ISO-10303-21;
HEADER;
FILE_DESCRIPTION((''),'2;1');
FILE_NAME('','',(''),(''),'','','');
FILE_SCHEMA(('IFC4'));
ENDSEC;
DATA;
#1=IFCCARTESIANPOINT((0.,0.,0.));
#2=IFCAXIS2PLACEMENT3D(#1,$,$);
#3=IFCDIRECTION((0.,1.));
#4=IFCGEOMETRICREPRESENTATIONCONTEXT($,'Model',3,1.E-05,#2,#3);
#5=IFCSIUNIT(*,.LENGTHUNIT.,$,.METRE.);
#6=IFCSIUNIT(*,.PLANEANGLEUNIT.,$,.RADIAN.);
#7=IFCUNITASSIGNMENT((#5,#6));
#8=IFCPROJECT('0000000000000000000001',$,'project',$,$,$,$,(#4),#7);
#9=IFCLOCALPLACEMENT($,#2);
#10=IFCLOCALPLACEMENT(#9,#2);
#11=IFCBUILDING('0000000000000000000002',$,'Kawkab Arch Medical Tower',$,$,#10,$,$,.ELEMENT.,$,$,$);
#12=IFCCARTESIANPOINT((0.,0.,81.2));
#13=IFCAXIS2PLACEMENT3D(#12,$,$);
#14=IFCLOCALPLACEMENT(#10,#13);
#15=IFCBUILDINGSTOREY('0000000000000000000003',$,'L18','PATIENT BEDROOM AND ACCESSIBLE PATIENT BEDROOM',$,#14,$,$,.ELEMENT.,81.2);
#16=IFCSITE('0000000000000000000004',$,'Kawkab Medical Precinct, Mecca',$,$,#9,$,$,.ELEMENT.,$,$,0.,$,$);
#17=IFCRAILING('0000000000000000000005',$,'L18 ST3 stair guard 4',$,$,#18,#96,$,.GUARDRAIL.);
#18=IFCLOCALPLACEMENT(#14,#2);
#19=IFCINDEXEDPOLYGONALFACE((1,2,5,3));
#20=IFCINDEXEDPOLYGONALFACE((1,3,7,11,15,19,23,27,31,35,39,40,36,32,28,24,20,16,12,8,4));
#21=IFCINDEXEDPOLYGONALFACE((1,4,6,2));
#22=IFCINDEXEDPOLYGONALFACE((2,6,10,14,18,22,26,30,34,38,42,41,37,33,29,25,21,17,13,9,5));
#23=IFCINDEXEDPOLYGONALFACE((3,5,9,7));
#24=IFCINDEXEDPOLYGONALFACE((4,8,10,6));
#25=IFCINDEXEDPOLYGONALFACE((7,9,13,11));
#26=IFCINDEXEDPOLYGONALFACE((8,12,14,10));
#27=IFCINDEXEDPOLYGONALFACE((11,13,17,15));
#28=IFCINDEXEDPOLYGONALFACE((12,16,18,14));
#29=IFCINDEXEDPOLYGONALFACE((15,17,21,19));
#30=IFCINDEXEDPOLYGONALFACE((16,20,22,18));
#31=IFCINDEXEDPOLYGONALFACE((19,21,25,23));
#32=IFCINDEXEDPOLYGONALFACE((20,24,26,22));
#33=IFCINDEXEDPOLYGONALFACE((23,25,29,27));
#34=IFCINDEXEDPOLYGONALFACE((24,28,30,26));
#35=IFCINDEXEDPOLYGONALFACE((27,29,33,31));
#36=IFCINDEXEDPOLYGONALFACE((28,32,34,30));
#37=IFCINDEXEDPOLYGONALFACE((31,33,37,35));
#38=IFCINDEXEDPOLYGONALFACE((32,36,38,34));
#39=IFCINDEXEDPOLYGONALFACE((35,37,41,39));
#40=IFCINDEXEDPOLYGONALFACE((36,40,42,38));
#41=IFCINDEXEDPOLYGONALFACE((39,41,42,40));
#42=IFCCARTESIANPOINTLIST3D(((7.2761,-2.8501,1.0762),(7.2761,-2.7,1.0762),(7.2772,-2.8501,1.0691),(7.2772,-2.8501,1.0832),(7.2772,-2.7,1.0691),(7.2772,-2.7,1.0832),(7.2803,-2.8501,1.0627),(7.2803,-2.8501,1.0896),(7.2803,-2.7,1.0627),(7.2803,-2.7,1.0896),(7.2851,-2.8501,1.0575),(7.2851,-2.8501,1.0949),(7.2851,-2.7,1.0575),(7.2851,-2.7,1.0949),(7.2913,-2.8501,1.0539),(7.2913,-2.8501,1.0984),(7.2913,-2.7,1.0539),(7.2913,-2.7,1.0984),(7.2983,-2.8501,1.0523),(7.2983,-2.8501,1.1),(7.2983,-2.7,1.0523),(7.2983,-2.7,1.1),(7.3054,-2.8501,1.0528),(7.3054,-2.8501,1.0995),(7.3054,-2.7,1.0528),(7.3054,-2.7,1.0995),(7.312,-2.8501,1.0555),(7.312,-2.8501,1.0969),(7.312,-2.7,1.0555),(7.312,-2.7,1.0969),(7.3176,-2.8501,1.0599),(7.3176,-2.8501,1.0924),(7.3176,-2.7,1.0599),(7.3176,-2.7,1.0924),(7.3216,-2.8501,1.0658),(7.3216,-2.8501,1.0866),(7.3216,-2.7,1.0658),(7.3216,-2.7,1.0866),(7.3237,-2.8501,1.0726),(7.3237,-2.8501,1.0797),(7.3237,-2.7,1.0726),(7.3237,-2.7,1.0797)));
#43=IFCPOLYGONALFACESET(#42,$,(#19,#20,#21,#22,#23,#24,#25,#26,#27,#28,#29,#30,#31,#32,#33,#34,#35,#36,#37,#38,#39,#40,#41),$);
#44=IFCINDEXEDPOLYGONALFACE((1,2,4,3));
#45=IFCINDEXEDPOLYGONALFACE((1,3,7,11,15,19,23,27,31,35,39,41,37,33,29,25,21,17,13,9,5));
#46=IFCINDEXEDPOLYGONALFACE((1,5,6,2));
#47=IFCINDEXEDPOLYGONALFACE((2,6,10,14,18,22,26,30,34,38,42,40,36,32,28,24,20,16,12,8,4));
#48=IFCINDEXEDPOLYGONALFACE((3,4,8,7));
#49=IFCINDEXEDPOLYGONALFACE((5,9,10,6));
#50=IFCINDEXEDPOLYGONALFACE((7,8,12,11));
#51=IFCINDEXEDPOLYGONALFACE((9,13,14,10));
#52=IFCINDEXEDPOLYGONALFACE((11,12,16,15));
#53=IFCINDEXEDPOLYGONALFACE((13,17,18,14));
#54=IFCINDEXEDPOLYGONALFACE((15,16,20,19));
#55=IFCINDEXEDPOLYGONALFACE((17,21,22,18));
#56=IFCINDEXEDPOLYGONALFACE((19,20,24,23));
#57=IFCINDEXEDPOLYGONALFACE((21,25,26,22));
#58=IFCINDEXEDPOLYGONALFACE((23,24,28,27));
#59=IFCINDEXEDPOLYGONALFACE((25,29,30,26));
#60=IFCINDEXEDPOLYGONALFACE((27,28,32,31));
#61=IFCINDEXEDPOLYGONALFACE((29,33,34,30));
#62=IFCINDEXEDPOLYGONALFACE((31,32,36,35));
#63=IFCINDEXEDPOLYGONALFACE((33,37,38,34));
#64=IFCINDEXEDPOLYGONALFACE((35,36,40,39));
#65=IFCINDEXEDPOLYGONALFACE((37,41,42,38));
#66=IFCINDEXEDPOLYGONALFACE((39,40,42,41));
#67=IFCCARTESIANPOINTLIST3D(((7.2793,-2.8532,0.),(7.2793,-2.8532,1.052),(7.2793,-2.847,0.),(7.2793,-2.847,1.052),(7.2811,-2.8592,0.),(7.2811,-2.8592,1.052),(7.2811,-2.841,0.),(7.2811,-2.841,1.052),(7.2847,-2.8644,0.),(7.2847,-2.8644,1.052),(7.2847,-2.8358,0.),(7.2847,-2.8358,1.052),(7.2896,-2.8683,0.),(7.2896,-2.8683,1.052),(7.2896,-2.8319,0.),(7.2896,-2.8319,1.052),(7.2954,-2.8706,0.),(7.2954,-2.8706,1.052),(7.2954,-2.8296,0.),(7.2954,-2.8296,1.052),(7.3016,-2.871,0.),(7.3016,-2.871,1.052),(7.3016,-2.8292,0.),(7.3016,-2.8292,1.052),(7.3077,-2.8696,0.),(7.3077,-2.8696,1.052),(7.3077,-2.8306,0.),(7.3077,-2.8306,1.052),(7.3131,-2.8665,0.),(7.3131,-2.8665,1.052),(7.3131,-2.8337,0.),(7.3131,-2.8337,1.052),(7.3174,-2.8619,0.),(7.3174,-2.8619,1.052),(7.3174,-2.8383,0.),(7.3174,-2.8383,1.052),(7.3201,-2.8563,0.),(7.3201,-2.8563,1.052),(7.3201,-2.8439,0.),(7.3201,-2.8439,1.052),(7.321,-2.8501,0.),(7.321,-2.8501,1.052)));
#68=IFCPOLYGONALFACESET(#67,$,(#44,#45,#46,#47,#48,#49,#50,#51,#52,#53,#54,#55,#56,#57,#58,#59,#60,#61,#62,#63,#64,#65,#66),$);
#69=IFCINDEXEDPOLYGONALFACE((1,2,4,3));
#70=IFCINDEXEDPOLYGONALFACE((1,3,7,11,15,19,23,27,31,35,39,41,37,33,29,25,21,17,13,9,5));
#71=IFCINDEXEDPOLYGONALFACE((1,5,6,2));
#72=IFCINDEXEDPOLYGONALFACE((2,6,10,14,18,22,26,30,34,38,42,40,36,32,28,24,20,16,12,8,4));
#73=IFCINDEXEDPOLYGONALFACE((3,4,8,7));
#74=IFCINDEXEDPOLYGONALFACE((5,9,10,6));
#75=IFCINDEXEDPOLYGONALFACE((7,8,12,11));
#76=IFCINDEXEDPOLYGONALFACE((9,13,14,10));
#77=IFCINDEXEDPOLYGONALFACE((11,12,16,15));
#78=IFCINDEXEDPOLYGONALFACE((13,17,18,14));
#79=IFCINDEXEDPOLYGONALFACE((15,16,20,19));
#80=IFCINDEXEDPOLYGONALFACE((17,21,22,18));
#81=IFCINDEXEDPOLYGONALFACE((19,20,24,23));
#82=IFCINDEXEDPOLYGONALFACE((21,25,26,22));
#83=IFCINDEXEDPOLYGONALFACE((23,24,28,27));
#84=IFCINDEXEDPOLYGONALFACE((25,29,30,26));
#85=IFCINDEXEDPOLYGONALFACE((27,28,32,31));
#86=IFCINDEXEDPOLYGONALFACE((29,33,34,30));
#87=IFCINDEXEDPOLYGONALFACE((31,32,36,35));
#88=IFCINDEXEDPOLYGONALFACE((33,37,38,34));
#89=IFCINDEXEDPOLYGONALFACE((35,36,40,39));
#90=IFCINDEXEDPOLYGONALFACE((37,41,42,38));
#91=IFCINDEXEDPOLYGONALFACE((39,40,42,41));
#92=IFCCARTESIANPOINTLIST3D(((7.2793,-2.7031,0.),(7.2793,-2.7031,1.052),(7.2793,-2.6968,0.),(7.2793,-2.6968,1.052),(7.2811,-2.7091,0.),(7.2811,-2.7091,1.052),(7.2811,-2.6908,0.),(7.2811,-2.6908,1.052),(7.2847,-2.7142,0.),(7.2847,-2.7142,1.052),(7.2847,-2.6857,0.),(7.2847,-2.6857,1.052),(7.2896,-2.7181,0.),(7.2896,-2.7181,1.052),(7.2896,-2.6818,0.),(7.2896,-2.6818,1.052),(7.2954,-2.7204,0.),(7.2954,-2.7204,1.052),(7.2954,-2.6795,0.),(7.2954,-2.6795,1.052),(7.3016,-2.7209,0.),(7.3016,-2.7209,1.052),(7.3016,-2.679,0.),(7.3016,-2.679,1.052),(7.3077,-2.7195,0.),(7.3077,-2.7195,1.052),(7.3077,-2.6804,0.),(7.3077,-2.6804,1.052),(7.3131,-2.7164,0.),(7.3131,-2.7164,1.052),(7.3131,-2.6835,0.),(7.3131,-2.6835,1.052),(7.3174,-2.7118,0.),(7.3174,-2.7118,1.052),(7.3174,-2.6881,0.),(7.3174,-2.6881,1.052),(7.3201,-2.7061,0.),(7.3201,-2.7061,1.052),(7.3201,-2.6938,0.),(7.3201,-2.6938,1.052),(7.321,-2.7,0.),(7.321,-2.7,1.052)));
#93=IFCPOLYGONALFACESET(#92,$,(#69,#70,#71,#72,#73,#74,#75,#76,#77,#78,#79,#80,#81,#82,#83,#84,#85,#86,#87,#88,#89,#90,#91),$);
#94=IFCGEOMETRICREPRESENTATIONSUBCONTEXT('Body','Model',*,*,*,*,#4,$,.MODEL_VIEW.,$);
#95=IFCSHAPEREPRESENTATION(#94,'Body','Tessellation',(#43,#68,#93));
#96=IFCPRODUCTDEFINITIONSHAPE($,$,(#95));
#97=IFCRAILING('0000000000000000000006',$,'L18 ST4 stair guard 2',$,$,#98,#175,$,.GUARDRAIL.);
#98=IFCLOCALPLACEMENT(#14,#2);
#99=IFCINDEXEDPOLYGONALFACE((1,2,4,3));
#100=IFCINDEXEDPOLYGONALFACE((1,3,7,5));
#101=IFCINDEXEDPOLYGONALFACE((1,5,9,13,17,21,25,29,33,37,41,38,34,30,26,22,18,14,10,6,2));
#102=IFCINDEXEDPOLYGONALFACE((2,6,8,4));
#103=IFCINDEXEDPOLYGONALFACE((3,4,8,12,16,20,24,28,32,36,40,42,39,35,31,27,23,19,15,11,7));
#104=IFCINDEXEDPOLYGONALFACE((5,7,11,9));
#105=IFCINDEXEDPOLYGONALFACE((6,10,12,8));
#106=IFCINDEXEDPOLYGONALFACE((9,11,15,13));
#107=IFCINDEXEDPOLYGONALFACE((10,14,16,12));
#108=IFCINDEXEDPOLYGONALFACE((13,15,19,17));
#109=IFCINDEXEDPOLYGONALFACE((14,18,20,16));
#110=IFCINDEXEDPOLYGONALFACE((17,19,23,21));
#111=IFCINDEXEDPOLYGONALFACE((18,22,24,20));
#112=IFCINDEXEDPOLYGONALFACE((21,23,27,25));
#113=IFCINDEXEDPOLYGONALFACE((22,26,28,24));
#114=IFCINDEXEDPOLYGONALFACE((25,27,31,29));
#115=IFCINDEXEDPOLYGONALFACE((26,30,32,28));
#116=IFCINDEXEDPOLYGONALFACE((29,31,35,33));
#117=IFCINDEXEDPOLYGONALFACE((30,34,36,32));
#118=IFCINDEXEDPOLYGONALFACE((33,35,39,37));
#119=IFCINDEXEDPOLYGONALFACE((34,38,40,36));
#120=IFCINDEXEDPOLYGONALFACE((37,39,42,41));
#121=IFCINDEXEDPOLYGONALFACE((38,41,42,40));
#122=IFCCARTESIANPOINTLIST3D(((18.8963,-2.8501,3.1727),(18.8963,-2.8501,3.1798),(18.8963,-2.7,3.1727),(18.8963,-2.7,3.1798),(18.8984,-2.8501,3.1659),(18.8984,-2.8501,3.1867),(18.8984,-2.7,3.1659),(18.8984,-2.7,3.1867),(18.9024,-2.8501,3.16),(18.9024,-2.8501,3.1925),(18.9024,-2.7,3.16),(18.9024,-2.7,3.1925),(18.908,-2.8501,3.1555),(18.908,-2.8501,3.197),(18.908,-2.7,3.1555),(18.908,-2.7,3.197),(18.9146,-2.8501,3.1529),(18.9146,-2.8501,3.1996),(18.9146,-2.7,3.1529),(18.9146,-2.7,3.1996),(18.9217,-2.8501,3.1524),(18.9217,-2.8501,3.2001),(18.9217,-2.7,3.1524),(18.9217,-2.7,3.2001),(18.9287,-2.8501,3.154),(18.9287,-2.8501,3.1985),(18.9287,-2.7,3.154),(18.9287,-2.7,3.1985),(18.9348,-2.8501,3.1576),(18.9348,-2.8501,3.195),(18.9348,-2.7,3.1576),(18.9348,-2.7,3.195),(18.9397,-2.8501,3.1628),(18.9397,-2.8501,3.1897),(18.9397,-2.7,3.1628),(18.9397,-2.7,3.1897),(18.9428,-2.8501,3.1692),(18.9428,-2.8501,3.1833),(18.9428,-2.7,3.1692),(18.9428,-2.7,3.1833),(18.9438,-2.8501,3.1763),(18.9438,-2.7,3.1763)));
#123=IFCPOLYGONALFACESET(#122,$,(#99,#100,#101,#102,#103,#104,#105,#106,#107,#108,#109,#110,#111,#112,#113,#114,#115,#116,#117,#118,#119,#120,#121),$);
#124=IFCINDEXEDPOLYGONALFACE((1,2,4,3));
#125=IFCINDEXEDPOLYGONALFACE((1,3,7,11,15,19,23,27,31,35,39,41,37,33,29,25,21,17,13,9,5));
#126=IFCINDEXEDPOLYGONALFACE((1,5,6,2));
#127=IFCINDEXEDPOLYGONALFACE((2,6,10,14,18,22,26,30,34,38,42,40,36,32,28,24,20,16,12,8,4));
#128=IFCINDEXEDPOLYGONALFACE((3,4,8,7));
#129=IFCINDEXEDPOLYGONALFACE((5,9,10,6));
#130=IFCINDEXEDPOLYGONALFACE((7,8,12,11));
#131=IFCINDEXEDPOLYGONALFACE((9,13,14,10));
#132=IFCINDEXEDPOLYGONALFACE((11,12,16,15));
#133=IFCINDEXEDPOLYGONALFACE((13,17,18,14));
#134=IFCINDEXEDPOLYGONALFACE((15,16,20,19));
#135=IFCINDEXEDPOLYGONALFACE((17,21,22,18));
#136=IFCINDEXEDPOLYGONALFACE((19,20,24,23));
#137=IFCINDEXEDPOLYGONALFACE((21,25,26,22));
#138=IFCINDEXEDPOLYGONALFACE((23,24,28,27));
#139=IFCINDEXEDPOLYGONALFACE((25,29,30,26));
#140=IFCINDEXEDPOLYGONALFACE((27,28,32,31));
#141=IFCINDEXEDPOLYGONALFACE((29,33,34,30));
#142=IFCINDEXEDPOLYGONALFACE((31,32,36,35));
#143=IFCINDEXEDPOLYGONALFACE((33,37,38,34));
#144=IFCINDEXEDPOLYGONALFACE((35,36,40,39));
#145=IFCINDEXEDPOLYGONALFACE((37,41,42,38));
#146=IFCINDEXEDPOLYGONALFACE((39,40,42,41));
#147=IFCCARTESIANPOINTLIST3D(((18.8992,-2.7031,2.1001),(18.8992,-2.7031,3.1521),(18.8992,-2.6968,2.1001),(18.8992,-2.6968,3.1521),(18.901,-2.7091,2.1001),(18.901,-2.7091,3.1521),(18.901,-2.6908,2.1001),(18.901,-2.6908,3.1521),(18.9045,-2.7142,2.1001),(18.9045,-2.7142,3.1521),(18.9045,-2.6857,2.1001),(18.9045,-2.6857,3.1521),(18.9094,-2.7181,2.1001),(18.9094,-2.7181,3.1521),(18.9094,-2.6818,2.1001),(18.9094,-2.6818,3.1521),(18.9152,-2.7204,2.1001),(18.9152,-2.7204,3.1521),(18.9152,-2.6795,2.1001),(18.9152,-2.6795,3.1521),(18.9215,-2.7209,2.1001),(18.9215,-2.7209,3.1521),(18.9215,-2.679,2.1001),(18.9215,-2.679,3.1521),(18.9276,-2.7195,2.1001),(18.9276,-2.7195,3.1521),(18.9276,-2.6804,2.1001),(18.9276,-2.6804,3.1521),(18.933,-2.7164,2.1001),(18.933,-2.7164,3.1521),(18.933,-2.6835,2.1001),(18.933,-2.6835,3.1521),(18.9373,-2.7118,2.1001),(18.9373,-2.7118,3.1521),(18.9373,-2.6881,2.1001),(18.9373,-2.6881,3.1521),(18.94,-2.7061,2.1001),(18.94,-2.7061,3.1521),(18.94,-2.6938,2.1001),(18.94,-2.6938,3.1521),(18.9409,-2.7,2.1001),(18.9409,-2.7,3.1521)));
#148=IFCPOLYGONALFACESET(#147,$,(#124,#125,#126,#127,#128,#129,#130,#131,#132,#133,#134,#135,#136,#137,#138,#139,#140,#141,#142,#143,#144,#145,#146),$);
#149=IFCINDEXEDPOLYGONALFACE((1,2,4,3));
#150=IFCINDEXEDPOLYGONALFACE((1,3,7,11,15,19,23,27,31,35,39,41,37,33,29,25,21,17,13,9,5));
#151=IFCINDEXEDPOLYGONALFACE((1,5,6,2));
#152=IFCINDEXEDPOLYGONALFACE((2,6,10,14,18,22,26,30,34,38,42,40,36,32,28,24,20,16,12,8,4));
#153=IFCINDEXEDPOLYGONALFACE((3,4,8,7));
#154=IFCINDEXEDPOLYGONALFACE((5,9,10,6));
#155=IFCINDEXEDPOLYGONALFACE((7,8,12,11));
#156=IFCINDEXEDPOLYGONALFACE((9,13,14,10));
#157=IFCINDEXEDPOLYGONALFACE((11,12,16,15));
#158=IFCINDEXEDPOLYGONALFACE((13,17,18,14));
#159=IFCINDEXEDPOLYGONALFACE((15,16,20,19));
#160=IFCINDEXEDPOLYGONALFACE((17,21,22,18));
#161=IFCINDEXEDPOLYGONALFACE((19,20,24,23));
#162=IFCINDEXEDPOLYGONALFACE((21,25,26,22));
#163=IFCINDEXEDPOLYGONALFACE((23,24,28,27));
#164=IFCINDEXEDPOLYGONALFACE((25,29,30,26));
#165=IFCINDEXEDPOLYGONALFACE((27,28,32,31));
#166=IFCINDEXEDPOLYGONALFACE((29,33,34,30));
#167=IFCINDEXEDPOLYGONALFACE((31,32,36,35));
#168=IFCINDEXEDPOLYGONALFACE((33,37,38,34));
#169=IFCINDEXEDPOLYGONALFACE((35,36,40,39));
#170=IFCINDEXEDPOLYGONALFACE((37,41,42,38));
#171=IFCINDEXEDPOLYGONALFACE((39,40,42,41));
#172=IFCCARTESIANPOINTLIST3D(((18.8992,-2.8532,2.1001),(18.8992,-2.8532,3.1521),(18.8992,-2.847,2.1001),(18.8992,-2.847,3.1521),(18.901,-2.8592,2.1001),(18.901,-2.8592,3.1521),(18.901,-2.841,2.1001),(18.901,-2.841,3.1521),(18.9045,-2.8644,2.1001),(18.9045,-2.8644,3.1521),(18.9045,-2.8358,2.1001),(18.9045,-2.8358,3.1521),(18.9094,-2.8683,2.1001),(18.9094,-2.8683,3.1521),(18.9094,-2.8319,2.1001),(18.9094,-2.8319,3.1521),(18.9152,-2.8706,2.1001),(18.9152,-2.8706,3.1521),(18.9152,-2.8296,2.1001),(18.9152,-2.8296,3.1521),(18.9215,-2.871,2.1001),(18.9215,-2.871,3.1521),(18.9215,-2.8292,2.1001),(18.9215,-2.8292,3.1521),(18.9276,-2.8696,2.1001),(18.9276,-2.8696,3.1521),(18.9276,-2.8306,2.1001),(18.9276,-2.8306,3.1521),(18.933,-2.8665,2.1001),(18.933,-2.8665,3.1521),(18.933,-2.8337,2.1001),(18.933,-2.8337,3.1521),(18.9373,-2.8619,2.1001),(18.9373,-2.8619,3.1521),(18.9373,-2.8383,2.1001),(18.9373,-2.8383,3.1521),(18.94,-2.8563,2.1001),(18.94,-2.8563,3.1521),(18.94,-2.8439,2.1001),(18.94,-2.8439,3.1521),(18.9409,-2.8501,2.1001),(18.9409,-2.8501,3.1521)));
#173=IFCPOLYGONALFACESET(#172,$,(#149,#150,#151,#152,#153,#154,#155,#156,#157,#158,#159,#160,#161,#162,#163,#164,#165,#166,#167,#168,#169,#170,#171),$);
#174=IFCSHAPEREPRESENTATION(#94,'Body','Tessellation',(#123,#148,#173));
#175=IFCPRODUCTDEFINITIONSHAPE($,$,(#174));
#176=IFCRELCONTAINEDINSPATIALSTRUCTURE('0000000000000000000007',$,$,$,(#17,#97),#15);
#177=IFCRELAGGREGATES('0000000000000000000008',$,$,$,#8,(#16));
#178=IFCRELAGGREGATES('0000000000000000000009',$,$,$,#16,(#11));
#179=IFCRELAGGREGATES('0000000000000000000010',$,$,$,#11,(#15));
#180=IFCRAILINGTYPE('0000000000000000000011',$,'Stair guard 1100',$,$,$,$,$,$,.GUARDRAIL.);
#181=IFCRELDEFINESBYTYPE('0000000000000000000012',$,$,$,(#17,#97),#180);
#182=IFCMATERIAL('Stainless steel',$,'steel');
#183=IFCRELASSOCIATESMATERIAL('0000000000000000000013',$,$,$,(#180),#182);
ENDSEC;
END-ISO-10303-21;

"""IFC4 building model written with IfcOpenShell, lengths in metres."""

from ifc_helpers import new_model, si_unit, direction, frame, origin, origin_2d, place, context, subcontext, project, spatial, circle, extrude, material, type_object, element, save


model = new_model("IFC4")

# Units and contexts
model_context = context("Model", 3, precision=1e-05, world=origin(), true_north=direction((0.0, 1.0)))
body_context = subcontext(model_context, "Body", "Model", "MODEL_VIEW")
ifc_project = project(units=[si_unit("LENGTHUNIT", "METRE"), si_unit("PLANEANGLEUNIT", "RADIAN")], contexts=[model_context])

# Site, building, storey
site_placement = place(None, origin())
site = spatial("IfcSite", under=ifc_project, at=site_placement, Name="Kawkab Medical Precinct, Mecca", CompositionType="ELEMENT", RefElevation=0.0)
building_placement = place(site_placement, origin())
building = spatial("IfcBuilding", under=site, at=building_placement, Name="Kawkab Arch Medical Tower", CompositionType="ELEMENT")
storey_placement = place(building_placement, frame((0.0, 0.0, 81.2)))
storey = spatial("IfcBuildingStorey", under=building, at=storey_placement, Name="L18", Description="PATIENT BEDROOM AND ACCESSIBLE PATIENT BEDROOM", CompositionType="ELEMENT", Elevation=81.2)

# Railings
ifc_material_1 = material(Name="Stainless steel", Category="steel")
railing_type_1 = type_object("IfcRailingType", Name="Stair guard 1100", PredefinedType="GUARDRAIL", material=ifc_material_1)
railing_1_placement = place(storey_placement, frame((7.3, -2.8501, 0.0)))
element("IfcRailing", 1, at=railing_1_placement, inside=storey, type_object=railing_type_1, Name="L18 ST3 stair guard 4", PredefinedType="GUARDRAIL", context=body_context, shape_type="SweptSolid", body=[
    extrude(circle(Radius=0.0239, at=origin_2d()), frame((0.0, 0.0, 1.0762), z_axis=(0.0, 1.0, 0.0), x_axis=(-1.0, 0.0, 0.0)), (0.0, 0.0, 1.0), 0.1501),
    extrude(circle(Radius=0.021, at=origin_2d()), origin(), (0.0, 0.0, 1.0), 1.052),
    extrude(circle(Radius=0.021, at=origin_2d()), frame((0.0, 0.1501, 0.0)), (0.0, 0.0, 1.0), 1.052),
])
railing_2_placement = place(storey_placement, frame((18.9199, -2.7, 2.1001)))
element("IfcRailing", 2, at=railing_2_placement, inside=storey, type_object=railing_type_1, Name="L18 ST4 stair guard 2", PredefinedType="GUARDRAIL", context=body_context, shape_type="SweptSolid", body=[
    extrude(circle(Radius=0.0239, at=origin_2d()), frame((0.0, 0.0, 1.0762), z_axis=(0.0, -1.0, 0.0), x_axis=(1.0, 0.0, 0.0)), (0.0, 0.0, 1.0), 0.1501),
    extrude(circle(Radius=0.021, at=origin_2d()), origin(), (0.0, 0.0, 1.0), 1.052),
    extrude(circle(Radius=0.021, at=origin_2d()), frame((0.0, -0.1501, 0.0)), (0.0, 0.0, 1.0), 1.052),
])

save(model, "model.ifc")
